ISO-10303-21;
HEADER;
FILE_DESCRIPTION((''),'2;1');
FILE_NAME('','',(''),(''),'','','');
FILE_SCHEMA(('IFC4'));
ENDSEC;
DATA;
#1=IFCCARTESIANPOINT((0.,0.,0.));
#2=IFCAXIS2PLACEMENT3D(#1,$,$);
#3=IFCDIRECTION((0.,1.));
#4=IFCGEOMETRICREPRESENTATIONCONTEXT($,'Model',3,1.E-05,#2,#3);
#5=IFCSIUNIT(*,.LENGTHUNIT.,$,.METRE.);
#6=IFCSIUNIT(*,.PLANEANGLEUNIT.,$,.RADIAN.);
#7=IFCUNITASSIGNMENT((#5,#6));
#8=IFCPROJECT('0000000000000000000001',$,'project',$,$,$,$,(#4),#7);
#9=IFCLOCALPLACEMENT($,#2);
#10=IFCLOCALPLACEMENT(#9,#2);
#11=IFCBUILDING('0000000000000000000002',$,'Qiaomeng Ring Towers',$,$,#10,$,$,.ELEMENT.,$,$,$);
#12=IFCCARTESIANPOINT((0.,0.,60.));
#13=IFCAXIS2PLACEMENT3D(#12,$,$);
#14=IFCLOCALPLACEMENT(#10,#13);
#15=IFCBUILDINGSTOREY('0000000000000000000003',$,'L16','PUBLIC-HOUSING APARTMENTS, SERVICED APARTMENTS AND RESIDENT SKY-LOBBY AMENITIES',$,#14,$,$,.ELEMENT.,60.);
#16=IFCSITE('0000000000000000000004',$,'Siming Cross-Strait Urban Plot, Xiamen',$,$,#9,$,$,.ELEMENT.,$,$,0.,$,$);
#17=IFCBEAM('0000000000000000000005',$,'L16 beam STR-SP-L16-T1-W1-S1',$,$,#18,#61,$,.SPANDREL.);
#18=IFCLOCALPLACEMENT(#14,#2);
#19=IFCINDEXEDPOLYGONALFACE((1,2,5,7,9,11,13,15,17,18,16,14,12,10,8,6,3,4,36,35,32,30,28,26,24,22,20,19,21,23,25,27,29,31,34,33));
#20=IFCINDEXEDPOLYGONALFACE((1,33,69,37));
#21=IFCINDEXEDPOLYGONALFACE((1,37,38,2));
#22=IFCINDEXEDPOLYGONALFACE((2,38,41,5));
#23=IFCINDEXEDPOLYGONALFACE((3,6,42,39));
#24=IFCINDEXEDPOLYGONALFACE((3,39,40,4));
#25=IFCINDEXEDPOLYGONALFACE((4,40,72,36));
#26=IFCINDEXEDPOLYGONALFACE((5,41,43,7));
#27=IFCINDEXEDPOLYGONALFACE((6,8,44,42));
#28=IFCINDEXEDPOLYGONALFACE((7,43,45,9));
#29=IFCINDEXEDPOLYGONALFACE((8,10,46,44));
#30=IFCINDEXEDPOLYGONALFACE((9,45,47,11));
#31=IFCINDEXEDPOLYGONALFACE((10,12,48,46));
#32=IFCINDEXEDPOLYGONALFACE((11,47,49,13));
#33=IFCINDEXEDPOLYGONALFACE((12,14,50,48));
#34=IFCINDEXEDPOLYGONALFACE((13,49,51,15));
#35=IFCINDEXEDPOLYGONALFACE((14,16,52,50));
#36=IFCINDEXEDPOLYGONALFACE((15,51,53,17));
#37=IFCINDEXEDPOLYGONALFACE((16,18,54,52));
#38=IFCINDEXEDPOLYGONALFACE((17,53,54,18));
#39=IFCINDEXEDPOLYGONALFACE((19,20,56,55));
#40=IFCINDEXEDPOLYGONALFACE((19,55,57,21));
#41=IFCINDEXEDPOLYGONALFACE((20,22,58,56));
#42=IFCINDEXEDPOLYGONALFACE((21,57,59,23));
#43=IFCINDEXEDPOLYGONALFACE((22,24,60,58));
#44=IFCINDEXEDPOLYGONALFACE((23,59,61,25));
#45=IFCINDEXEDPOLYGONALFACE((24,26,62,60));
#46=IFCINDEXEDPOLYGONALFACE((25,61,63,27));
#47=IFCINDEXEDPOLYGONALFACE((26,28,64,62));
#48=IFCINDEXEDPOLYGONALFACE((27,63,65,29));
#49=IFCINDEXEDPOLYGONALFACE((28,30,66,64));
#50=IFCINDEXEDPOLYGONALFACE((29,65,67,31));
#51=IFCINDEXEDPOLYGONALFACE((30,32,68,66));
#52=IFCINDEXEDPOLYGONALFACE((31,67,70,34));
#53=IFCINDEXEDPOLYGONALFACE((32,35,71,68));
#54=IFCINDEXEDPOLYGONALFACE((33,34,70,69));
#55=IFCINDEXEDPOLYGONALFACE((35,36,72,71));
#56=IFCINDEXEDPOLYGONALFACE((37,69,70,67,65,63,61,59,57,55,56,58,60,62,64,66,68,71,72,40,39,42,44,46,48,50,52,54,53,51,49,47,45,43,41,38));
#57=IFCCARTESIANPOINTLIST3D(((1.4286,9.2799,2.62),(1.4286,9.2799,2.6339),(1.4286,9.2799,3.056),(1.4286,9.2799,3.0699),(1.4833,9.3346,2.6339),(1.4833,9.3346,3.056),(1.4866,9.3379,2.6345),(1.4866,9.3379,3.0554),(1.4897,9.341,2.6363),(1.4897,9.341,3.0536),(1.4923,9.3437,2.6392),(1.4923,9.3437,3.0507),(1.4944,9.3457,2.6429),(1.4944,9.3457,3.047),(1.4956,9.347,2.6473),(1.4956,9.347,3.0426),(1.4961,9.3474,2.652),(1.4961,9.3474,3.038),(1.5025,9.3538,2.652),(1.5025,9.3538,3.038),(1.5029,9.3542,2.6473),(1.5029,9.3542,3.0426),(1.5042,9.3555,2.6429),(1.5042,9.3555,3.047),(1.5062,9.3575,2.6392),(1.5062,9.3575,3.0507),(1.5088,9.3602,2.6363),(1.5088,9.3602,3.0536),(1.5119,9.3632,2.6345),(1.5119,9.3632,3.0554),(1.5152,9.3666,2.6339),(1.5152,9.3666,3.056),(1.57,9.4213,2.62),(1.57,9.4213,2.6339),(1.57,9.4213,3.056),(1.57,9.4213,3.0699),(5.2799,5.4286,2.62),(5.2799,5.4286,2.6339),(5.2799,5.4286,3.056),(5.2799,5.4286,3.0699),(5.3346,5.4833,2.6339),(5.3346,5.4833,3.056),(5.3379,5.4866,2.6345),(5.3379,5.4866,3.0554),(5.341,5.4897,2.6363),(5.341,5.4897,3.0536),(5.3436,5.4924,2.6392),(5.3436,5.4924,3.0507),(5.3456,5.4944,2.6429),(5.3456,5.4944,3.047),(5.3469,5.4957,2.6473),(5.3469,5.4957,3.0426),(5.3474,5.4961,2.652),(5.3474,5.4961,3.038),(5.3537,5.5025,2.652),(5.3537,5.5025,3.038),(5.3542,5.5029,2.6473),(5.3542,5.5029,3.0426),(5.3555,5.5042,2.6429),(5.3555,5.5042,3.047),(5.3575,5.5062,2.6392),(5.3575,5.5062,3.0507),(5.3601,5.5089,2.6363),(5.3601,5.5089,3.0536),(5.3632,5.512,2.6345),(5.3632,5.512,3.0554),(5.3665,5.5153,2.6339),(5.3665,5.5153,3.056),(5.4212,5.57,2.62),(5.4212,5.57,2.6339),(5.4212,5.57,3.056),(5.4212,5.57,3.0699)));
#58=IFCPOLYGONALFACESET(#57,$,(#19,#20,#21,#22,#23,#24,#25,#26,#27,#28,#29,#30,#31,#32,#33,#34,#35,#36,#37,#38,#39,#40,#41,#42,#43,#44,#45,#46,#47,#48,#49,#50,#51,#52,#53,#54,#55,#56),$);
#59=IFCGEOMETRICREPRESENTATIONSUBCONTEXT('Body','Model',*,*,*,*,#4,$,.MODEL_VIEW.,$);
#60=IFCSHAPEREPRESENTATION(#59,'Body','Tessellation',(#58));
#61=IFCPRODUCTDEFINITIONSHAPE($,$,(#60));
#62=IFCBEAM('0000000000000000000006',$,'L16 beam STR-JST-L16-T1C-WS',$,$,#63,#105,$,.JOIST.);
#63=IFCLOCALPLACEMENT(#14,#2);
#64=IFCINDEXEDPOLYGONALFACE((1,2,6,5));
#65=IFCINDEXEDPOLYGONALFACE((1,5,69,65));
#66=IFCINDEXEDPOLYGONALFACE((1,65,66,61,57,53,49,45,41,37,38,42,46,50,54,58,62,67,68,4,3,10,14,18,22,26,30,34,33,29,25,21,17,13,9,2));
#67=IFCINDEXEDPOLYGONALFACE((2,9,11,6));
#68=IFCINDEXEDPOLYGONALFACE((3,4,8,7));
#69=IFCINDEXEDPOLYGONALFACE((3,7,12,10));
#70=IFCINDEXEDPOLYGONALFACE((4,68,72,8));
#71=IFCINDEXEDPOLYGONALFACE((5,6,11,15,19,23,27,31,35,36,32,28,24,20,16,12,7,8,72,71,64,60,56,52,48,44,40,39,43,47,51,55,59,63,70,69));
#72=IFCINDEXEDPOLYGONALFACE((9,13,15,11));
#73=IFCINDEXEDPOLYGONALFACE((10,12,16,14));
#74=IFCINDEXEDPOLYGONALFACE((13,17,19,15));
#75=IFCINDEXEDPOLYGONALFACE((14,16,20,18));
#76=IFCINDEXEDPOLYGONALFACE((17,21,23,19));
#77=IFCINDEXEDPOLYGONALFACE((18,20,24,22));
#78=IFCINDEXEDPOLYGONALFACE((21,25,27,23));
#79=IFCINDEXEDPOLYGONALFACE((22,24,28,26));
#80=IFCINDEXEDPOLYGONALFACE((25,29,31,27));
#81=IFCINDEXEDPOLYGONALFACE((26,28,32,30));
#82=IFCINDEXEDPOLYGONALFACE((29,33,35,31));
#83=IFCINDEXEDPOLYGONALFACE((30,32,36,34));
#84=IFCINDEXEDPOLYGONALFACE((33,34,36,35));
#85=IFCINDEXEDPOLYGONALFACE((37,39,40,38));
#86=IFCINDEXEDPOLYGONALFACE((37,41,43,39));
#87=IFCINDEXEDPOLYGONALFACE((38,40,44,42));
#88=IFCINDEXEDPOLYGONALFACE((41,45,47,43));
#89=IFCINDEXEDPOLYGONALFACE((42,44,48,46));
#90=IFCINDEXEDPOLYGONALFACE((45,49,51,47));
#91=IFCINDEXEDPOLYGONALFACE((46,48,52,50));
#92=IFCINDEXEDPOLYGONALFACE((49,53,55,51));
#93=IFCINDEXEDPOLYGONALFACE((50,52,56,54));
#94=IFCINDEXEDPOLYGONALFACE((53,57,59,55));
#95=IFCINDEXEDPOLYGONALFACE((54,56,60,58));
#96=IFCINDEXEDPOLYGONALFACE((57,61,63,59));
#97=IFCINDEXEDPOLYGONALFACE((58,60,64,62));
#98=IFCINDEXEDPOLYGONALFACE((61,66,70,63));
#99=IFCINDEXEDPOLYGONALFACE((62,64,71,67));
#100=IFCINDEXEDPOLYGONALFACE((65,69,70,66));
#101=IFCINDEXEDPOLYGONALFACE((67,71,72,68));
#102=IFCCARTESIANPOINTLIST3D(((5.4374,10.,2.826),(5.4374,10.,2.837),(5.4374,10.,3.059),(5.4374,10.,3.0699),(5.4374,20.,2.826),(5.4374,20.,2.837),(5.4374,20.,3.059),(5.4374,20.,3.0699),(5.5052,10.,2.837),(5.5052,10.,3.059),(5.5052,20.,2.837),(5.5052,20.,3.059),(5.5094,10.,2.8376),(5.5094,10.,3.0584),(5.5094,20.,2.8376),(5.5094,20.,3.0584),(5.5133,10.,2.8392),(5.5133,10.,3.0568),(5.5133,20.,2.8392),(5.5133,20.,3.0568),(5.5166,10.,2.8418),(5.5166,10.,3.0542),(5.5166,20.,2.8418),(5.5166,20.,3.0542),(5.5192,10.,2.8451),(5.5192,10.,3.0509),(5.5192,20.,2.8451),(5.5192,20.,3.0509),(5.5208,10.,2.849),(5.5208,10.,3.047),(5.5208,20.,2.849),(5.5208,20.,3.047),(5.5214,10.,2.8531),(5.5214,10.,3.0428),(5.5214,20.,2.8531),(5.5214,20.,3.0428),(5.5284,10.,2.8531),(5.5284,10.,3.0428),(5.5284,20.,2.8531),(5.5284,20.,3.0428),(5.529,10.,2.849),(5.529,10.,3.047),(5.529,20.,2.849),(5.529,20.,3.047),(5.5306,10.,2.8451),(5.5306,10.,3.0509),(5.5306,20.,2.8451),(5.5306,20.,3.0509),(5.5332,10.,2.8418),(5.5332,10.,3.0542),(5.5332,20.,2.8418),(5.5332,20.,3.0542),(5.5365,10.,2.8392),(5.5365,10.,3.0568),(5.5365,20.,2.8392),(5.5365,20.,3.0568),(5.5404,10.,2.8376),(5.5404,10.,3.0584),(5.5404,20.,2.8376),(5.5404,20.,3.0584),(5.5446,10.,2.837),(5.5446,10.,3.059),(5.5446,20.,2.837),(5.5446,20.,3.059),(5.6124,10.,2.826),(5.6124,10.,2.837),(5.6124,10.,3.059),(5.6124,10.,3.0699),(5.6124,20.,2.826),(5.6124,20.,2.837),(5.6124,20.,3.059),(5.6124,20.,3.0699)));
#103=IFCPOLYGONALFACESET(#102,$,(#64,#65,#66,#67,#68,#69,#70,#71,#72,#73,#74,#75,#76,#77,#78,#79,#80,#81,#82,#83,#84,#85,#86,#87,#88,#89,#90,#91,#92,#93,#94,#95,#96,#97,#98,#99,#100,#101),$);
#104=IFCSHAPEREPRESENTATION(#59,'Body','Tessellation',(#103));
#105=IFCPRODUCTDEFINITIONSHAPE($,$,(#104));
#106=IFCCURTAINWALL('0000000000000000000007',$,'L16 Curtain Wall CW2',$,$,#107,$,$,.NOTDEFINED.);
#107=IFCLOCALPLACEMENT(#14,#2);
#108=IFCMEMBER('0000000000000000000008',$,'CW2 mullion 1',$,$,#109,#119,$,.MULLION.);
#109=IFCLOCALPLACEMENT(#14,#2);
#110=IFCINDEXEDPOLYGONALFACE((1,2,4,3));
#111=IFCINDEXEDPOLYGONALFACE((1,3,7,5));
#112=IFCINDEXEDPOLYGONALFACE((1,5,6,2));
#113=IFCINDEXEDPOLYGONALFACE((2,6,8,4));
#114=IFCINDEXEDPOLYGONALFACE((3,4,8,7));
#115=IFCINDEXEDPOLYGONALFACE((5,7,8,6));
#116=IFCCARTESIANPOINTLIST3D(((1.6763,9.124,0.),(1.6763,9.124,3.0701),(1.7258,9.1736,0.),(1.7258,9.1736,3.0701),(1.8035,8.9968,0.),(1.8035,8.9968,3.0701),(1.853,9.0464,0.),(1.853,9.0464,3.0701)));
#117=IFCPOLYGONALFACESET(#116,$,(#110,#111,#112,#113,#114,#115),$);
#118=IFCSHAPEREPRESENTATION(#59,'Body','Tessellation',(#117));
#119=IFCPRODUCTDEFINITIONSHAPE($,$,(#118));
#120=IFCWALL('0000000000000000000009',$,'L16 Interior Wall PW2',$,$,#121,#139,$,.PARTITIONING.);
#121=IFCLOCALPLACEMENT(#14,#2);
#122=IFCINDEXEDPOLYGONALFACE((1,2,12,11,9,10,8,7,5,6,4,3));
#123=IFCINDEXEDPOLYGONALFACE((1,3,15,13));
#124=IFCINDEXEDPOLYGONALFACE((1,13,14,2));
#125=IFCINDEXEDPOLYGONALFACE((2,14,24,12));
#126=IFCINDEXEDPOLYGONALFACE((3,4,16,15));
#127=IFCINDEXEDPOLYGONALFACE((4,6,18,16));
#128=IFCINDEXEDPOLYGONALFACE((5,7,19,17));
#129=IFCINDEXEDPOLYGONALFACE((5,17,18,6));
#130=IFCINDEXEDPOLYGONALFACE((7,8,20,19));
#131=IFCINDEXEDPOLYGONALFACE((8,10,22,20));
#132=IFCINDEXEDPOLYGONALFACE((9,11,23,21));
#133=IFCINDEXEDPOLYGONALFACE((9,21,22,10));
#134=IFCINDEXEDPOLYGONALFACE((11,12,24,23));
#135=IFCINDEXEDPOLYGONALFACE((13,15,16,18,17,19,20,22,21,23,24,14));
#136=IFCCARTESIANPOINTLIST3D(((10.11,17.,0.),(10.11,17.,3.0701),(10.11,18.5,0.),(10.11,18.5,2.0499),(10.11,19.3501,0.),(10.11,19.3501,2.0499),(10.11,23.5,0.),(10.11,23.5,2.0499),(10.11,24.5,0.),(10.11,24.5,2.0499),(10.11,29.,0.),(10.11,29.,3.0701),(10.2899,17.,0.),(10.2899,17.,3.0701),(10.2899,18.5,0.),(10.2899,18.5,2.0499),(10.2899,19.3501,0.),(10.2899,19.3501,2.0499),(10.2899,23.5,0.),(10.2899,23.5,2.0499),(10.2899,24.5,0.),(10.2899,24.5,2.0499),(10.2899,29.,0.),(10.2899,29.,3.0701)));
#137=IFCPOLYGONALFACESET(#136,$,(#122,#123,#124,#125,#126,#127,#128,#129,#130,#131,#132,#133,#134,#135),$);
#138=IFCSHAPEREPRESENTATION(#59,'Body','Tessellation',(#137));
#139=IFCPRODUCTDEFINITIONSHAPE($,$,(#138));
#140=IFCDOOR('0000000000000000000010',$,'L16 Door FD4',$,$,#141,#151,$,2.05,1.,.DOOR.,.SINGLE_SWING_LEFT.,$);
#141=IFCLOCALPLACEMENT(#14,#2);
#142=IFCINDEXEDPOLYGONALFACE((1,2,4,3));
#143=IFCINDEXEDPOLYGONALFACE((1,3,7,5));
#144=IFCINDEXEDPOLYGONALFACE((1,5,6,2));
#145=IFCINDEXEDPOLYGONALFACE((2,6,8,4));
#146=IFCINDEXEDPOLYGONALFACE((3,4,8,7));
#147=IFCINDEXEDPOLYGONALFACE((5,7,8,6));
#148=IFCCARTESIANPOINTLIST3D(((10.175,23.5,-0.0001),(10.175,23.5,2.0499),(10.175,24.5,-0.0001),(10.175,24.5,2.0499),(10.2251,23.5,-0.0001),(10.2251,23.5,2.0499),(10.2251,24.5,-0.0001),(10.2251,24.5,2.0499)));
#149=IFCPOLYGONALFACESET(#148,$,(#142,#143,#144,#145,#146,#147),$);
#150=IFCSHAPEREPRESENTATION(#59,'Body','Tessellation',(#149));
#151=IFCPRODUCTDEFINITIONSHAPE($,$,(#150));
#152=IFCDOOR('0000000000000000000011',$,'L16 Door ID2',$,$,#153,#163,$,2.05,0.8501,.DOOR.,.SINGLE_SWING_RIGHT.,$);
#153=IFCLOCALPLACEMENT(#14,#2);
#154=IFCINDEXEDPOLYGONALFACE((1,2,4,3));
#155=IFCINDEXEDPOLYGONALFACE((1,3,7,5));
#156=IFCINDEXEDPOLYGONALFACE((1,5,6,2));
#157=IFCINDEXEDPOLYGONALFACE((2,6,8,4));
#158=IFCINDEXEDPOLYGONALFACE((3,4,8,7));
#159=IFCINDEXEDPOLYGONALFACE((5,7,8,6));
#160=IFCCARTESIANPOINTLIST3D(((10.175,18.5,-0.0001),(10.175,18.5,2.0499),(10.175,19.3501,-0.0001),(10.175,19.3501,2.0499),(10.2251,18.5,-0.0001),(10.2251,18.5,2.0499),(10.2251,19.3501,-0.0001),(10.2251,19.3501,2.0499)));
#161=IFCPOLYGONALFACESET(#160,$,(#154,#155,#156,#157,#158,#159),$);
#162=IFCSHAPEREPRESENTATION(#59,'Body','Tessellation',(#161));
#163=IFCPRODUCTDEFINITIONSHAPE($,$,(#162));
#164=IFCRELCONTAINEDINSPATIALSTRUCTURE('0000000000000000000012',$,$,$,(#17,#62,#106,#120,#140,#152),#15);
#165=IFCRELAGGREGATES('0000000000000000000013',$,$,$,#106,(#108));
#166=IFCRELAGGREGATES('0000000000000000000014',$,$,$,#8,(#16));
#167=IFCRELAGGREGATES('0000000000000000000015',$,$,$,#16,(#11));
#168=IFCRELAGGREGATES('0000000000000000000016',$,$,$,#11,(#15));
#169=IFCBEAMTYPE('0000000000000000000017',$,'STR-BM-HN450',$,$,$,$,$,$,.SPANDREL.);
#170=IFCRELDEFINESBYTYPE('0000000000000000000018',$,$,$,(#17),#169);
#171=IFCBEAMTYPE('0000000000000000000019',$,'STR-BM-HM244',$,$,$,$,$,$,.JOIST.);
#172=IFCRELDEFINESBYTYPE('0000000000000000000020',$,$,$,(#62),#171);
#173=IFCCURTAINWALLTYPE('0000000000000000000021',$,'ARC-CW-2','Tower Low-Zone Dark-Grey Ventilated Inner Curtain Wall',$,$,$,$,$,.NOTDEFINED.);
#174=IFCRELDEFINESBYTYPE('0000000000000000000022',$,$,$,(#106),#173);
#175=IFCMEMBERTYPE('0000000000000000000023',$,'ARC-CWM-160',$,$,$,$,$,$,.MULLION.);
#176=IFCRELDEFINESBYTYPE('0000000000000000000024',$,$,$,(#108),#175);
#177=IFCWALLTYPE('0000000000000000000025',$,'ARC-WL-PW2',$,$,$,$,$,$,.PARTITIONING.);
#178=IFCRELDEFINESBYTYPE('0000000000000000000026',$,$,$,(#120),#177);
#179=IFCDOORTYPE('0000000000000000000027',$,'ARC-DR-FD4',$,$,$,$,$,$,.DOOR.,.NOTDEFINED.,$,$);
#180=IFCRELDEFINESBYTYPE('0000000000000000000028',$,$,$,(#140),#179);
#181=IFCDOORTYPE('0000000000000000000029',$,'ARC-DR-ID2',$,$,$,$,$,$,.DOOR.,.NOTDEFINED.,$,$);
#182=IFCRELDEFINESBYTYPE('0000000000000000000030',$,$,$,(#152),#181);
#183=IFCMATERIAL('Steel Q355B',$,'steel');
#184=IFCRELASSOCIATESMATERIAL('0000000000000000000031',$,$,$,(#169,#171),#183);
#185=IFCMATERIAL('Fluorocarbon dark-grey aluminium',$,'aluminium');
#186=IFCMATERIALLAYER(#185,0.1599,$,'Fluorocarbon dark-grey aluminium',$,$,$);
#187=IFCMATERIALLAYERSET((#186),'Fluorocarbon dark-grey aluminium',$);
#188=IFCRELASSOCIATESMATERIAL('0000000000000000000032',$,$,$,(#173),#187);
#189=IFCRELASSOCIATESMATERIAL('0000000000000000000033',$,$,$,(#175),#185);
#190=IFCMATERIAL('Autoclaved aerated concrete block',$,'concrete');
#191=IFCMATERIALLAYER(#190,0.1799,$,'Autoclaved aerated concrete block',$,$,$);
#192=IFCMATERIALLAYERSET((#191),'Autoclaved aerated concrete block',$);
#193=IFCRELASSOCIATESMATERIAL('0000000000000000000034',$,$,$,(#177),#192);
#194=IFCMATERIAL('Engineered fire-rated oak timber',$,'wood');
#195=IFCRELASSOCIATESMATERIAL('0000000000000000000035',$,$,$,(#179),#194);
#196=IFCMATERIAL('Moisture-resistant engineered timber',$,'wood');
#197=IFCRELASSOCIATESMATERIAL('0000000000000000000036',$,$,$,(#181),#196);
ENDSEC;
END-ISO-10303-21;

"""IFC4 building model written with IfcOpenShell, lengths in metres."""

from ifc_helpers import new_model, si_unit, direction, frame, frame_2d, origin, origin_2d, place, context, subcontext, project, spatial, rectangle, i_section, extrude, source, transform, mapped, material, layer, layer_set, material_profile, profile_set, type_object, element, fill, aggregate, save


model = new_model("IFC4")

# Units and contexts
model_context = context("Model", 3, precision=1e-05, world=origin(), true_north=direction((0.0, 1.0)))
body_context = subcontext(model_context, "Body", "Model", "MODEL_VIEW")
ifc_project = project(units=[si_unit("LENGTHUNIT", "METRE"), si_unit("PLANEANGLEUNIT", "RADIAN")], contexts=[model_context])

# Site, building, storey
site_placement = place(None, origin())
site = spatial("IfcSite", under=ifc_project, at=site_placement, Name="Siming Cross-Strait Urban Plot, Xiamen", CompositionType="ELEMENT", RefElevation=0.0)
building_placement = place(site_placement, origin())
building = spatial("IfcBuilding", under=site, at=building_placement, Name="Qiaomeng Ring Towers", CompositionType="ELEMENT")
storey_placement = place(building_placement, frame((0.0, 0.0, 60.0)))
storey = spatial("IfcBuildingStorey", under=building, at=storey_placement, Name="L16", Description="PUBLIC-HOUSING APARTMENTS, SERVICED APARTMENTS AND RESIDENT SKY-LOBBY AMENITIES", CompositionType="ELEMENT", Elevation=60.0)

# Beams
ifc_material_1 = material(Name="Steel Q355B", Category="steel")
ifc_material_profile_1 = material_profile(ifc_material_1, i_section(OverallWidth=0.2, OverallDepth=0.45, WebThickness=0.009, FlangeThickness=0.0139, FilletRadius=0.0181, at=origin_2d()), Name="HN 450x200x9x14")
ifc_profile_set_1 = profile_set([ifc_material_profile_1], Name="Steel Q355B")
beam_type_1 = type_object("IfcBeamType", Name="STR-BM-HN450", PredefinedType="SPANDREL", material=ifc_profile_set_1)
shared_shape_1 = source(origin(), body_context, "Body", "SweptSolid", [
    extrude(i_section(OverallWidth=0.2, OverallDepth=0.45, WebThickness=0.009, FlangeThickness=0.0139, FilletRadius=0.0181, at=origin_2d()), origin(), (0.0, 0.0, 1.0), 5.4465),
])
beam_1_placement = place(storey_placement, frame((1.4993, 9.3506, 2.845), z_axis=(0.707107, -0.707107, 0.0), x_axis=(0.707107, 0.707107, 0.0)))
element("IfcBeam", 1, at=beam_1_placement, inside=storey, type_object=beam_type_1, Name="L16 beam STR-SP-L16-T1-W1-S1", PredefinedType="SPANDREL", context=body_context, shape_type="MappedRepresentation", body=[
    mapped(shared_shape_1, transform((0.0, 0.0, 0.0), x_axis=(1.0, 0.0, 0.0), y_axis=(0.0, 1.0, 0.0), z_axis=(0.0, 0.0, 1.0), scale=1.0)),
])
ifc_material_profile_2 = material_profile(ifc_material_1, i_section(OverallWidth=0.175, OverallDepth=0.2439, WebThickness=0.0071, FlangeThickness=0.011, FilletRadius=0.0161, at=origin_2d()), Name="HM 244x175x7x11")
ifc_profile_set_2 = profile_set([ifc_material_profile_2], Name="Steel Q355B")
beam_type_2 = type_object("IfcBeamType", Name="STR-BM-HM244", PredefinedType="JOIST", material=ifc_profile_set_2)
shared_shape_2 = source(origin(), body_context, "Body", "SweptSolid", [
    extrude(i_section(OverallWidth=0.175, OverallDepth=0.2439, WebThickness=0.0071, FlangeThickness=0.011, FilletRadius=0.0161, at=origin_2d()), origin(), (0.0, 0.0, 1.0), 10.0),
])
beam_2_placement = place(storey_placement, frame((5.5249, 10.0, 2.948), z_axis=(0.0, 1.0, 0.0), x_axis=(-1.0, 0.0, 0.0)))
element("IfcBeam", 2, at=beam_2_placement, inside=storey, type_object=beam_type_2, Name="L16 beam STR-JST-L16-T1C-WS", PredefinedType="JOIST", context=body_context, shape_type="MappedRepresentation", body=[
    mapped(shared_shape_2, transform((0.0, 0.0, 0.0), x_axis=(1.0, 0.0, 0.0), y_axis=(0.0, 1.0, 0.0), z_axis=(0.0, 0.0, 1.0), scale=1.0)),
])

# Curtain wall, member
ifc_material_2 = material(Name="Fluorocarbon dark-grey aluminium", Category="aluminium")
ifc_layer_1 = layer(ifc_material_2, 0.1599, Name="Fluorocarbon dark-grey aluminium")
ifc_layer_set_1 = layer_set([ifc_layer_1], Name="Fluorocarbon dark-grey aluminium")
curtain_wall_type = type_object("IfcCurtainWallType", Name="ARC-CW-2", Description="Tower Low-Zone Dark-Grey Ventilated Inner Curtain Wall", PredefinedType="NOTDEFINED", material=ifc_layer_set_1)
curtain_wall_placement = place(storey_placement, origin())
curtain_wall = element("IfcCurtainWall", 3, at=curtain_wall_placement, inside=storey, type_object=curtain_wall_type, Name="L16 Curtain Wall CW2", PredefinedType="NOTDEFINED")
ifc_material_profile_3 = material_profile(ifc_material_2, rectangle(XDim=0.0701, YDim=0.1799, at=origin_2d()), Name="ALU MULL 70x180")
ifc_profile_set_3 = profile_set([ifc_material_profile_3], Name="Fluorocarbon dark-grey aluminium")
member_type = type_object("IfcMemberType", Name="ARC-CWM-160", PredefinedType="MULLION", material=ifc_profile_set_3)
shared_shape_3 = source(origin(), body_context, "Body", "SweptSolid", [
    extrude(rectangle(XDim=0.0701, YDim=0.1799, at=origin_2d()), origin(), (0.0, 0.0, 1.0), 3.0701),
])
member_placement = place(storey_placement, frame((1.7646, 9.0852, 0.0), z_axis=(0.0, 0.0, 1.0), x_axis=(0.707107, 0.707107, 0.0)))
member = element("IfcMember", 4, at=member_placement, type_object=member_type, Name="CW2 mullion 1", PredefinedType="MULLION", context=body_context, shape_type="MappedRepresentation", body=[
    mapped(shared_shape_3, transform((0.0, 0.0, 0.0), x_axis=(1.0, 0.0, 0.0), y_axis=(0.0, 1.0, 0.0), z_axis=(0.0, 0.0, 1.0), scale=1.0)),
])
aggregate(curtain_wall, [member])

# Wall, openings, doors
ifc_material_3 = material(Name="Autoclaved aerated concrete block", Category="concrete")
ifc_layer_2 = layer(ifc_material_3, 0.1799, Name="Autoclaved aerated concrete block")
ifc_layer_set_2 = layer_set([ifc_layer_2], Name="Autoclaved aerated concrete block")
wall_type_1 = type_object("IfcWallType", Name="ARC-WL-PW2", PredefinedType="PARTITIONING", material=ifc_layer_set_2)
wall_1_placement = place(storey_placement, frame((10.2, 17.0, 0.0), z_axis=(0.0, 0.0, 1.0), x_axis=(0.0, 1.0, 0.0)))
wall_1 = element("IfcWall", 5, at=wall_1_placement, inside=storey, type_object=wall_type_1, Name="L16 Interior Wall PW2", PredefinedType="PARTITIONING", context=body_context, shape_type="SweptSolid", body=[
    extrude(rectangle(XDim=12.0, YDim=0.1799, at=frame_2d((6.0, 0.0))), origin(), (0.0, 0.0, 1.0), 3.0701),
])
opening_1_placement = place(wall_1_placement, frame((1.5, 0.0, 0.0)))
opening_1 = element("IfcOpeningElement", 6, at=opening_1_placement, cuts=wall_1, PredefinedType="OPENING", context=body_context, shape_type="SweptSolid", body=[
    extrude(rectangle(XDim=0.8501, YDim=2.05, at=frame_2d((0.425, 1.0249))), frame((0.0, 0.0999, 0.0), z_axis=(0.0, -1.0, 0.0), x_axis=(1.0, 0.0, 0.0)), (0.0, 0.0, 1.0), 0.2),
])
opening_2_placement = place(wall_1_placement, frame((6.5, 0.0, 0.0)))
opening_2 = element("IfcOpeningElement", 7, at=opening_2_placement, cuts=wall_1, PredefinedType="OPENING", context=body_context, shape_type="SweptSolid", body=[
    extrude(rectangle(XDim=1.0, YDim=2.05, at=frame_2d((0.5, 1.0249))), frame((0.0, 0.0999, 0.0), z_axis=(0.0, -1.0, 0.0), x_axis=(1.0, 0.0, 0.0)), (0.0, 0.0, 1.0), 0.2),
])
ifc_material_4 = material(Name="Engineered fire-rated oak timber", Category="wood")
door_type_1 = type_object("IfcDoorType", Name="ARC-DR-FD4", OperationType="NOTDEFINED", PredefinedType="DOOR", material=ifc_material_4)
shared_shape_4 = source(origin(), body_context, "Body", "SweptSolid", [
    extrude(rectangle(XDim=1.0, YDim=2.05, at=frame_2d((0.5, 1.0249))), frame((0.0, 0.0249, 0.0), z_axis=(0.0, -1.0, 0.0), x_axis=(1.0, 0.0, 0.0)), (0.0, 0.0, 1.0), 0.05),
])
door_1_placement = place(opening_2_placement, origin())
door_1 = element("IfcDoor", 8, at=door_1_placement, inside=storey, type_object=door_type_1, Name="L16 Door FD4", OperationType="SINGLE_SWING_LEFT", OverallHeight=2.05, OverallWidth=1.0, PredefinedType="DOOR", context=body_context, shape_type="MappedRepresentation", body=[
    mapped(shared_shape_4, transform((0.0, 0.0, 0.0), x_axis=(1.0, 0.0, 0.0), y_axis=(0.0, 1.0, 0.0), z_axis=(0.0, 0.0, 1.0), scale=1.0)),
])
fill(opening_2, door_1)
ifc_material_5 = material(Name="Moisture-resistant engineered timber", Category="wood")
door_type_2 = type_object("IfcDoorType", Name="ARC-DR-ID2", OperationType="NOTDEFINED", PredefinedType="DOOR", material=ifc_material_5)
shared_shape_5 = source(origin(), body_context, "Body", "SweptSolid", [
    extrude(rectangle(XDim=0.8501, YDim=2.05, at=frame_2d((0.425, 1.0249))), frame((0.0, 0.0249, 0.0), z_axis=(0.0, -1.0, 0.0), x_axis=(1.0, 0.0, 0.0)), (0.0, 0.0, 1.0), 0.05),
])
door_2_placement = place(opening_1_placement, origin())
door_2 = element("IfcDoor", 9, at=door_2_placement, inside=storey, type_object=door_type_2, Name="L16 Door ID2", OperationType="SINGLE_SWING_RIGHT", OverallHeight=2.05, OverallWidth=0.8501, PredefinedType="DOOR", context=body_context, shape_type="MappedRepresentation", body=[
    mapped(shared_shape_5, transform((0.0, 0.0, 0.0), x_axis=(1.0, 0.0, 0.0), y_axis=(0.0, 1.0, 0.0), z_axis=(0.0, 0.0, 1.0), scale=1.0)),
])
fill(opening_1, door_2)

save(model, "model.ifc")
